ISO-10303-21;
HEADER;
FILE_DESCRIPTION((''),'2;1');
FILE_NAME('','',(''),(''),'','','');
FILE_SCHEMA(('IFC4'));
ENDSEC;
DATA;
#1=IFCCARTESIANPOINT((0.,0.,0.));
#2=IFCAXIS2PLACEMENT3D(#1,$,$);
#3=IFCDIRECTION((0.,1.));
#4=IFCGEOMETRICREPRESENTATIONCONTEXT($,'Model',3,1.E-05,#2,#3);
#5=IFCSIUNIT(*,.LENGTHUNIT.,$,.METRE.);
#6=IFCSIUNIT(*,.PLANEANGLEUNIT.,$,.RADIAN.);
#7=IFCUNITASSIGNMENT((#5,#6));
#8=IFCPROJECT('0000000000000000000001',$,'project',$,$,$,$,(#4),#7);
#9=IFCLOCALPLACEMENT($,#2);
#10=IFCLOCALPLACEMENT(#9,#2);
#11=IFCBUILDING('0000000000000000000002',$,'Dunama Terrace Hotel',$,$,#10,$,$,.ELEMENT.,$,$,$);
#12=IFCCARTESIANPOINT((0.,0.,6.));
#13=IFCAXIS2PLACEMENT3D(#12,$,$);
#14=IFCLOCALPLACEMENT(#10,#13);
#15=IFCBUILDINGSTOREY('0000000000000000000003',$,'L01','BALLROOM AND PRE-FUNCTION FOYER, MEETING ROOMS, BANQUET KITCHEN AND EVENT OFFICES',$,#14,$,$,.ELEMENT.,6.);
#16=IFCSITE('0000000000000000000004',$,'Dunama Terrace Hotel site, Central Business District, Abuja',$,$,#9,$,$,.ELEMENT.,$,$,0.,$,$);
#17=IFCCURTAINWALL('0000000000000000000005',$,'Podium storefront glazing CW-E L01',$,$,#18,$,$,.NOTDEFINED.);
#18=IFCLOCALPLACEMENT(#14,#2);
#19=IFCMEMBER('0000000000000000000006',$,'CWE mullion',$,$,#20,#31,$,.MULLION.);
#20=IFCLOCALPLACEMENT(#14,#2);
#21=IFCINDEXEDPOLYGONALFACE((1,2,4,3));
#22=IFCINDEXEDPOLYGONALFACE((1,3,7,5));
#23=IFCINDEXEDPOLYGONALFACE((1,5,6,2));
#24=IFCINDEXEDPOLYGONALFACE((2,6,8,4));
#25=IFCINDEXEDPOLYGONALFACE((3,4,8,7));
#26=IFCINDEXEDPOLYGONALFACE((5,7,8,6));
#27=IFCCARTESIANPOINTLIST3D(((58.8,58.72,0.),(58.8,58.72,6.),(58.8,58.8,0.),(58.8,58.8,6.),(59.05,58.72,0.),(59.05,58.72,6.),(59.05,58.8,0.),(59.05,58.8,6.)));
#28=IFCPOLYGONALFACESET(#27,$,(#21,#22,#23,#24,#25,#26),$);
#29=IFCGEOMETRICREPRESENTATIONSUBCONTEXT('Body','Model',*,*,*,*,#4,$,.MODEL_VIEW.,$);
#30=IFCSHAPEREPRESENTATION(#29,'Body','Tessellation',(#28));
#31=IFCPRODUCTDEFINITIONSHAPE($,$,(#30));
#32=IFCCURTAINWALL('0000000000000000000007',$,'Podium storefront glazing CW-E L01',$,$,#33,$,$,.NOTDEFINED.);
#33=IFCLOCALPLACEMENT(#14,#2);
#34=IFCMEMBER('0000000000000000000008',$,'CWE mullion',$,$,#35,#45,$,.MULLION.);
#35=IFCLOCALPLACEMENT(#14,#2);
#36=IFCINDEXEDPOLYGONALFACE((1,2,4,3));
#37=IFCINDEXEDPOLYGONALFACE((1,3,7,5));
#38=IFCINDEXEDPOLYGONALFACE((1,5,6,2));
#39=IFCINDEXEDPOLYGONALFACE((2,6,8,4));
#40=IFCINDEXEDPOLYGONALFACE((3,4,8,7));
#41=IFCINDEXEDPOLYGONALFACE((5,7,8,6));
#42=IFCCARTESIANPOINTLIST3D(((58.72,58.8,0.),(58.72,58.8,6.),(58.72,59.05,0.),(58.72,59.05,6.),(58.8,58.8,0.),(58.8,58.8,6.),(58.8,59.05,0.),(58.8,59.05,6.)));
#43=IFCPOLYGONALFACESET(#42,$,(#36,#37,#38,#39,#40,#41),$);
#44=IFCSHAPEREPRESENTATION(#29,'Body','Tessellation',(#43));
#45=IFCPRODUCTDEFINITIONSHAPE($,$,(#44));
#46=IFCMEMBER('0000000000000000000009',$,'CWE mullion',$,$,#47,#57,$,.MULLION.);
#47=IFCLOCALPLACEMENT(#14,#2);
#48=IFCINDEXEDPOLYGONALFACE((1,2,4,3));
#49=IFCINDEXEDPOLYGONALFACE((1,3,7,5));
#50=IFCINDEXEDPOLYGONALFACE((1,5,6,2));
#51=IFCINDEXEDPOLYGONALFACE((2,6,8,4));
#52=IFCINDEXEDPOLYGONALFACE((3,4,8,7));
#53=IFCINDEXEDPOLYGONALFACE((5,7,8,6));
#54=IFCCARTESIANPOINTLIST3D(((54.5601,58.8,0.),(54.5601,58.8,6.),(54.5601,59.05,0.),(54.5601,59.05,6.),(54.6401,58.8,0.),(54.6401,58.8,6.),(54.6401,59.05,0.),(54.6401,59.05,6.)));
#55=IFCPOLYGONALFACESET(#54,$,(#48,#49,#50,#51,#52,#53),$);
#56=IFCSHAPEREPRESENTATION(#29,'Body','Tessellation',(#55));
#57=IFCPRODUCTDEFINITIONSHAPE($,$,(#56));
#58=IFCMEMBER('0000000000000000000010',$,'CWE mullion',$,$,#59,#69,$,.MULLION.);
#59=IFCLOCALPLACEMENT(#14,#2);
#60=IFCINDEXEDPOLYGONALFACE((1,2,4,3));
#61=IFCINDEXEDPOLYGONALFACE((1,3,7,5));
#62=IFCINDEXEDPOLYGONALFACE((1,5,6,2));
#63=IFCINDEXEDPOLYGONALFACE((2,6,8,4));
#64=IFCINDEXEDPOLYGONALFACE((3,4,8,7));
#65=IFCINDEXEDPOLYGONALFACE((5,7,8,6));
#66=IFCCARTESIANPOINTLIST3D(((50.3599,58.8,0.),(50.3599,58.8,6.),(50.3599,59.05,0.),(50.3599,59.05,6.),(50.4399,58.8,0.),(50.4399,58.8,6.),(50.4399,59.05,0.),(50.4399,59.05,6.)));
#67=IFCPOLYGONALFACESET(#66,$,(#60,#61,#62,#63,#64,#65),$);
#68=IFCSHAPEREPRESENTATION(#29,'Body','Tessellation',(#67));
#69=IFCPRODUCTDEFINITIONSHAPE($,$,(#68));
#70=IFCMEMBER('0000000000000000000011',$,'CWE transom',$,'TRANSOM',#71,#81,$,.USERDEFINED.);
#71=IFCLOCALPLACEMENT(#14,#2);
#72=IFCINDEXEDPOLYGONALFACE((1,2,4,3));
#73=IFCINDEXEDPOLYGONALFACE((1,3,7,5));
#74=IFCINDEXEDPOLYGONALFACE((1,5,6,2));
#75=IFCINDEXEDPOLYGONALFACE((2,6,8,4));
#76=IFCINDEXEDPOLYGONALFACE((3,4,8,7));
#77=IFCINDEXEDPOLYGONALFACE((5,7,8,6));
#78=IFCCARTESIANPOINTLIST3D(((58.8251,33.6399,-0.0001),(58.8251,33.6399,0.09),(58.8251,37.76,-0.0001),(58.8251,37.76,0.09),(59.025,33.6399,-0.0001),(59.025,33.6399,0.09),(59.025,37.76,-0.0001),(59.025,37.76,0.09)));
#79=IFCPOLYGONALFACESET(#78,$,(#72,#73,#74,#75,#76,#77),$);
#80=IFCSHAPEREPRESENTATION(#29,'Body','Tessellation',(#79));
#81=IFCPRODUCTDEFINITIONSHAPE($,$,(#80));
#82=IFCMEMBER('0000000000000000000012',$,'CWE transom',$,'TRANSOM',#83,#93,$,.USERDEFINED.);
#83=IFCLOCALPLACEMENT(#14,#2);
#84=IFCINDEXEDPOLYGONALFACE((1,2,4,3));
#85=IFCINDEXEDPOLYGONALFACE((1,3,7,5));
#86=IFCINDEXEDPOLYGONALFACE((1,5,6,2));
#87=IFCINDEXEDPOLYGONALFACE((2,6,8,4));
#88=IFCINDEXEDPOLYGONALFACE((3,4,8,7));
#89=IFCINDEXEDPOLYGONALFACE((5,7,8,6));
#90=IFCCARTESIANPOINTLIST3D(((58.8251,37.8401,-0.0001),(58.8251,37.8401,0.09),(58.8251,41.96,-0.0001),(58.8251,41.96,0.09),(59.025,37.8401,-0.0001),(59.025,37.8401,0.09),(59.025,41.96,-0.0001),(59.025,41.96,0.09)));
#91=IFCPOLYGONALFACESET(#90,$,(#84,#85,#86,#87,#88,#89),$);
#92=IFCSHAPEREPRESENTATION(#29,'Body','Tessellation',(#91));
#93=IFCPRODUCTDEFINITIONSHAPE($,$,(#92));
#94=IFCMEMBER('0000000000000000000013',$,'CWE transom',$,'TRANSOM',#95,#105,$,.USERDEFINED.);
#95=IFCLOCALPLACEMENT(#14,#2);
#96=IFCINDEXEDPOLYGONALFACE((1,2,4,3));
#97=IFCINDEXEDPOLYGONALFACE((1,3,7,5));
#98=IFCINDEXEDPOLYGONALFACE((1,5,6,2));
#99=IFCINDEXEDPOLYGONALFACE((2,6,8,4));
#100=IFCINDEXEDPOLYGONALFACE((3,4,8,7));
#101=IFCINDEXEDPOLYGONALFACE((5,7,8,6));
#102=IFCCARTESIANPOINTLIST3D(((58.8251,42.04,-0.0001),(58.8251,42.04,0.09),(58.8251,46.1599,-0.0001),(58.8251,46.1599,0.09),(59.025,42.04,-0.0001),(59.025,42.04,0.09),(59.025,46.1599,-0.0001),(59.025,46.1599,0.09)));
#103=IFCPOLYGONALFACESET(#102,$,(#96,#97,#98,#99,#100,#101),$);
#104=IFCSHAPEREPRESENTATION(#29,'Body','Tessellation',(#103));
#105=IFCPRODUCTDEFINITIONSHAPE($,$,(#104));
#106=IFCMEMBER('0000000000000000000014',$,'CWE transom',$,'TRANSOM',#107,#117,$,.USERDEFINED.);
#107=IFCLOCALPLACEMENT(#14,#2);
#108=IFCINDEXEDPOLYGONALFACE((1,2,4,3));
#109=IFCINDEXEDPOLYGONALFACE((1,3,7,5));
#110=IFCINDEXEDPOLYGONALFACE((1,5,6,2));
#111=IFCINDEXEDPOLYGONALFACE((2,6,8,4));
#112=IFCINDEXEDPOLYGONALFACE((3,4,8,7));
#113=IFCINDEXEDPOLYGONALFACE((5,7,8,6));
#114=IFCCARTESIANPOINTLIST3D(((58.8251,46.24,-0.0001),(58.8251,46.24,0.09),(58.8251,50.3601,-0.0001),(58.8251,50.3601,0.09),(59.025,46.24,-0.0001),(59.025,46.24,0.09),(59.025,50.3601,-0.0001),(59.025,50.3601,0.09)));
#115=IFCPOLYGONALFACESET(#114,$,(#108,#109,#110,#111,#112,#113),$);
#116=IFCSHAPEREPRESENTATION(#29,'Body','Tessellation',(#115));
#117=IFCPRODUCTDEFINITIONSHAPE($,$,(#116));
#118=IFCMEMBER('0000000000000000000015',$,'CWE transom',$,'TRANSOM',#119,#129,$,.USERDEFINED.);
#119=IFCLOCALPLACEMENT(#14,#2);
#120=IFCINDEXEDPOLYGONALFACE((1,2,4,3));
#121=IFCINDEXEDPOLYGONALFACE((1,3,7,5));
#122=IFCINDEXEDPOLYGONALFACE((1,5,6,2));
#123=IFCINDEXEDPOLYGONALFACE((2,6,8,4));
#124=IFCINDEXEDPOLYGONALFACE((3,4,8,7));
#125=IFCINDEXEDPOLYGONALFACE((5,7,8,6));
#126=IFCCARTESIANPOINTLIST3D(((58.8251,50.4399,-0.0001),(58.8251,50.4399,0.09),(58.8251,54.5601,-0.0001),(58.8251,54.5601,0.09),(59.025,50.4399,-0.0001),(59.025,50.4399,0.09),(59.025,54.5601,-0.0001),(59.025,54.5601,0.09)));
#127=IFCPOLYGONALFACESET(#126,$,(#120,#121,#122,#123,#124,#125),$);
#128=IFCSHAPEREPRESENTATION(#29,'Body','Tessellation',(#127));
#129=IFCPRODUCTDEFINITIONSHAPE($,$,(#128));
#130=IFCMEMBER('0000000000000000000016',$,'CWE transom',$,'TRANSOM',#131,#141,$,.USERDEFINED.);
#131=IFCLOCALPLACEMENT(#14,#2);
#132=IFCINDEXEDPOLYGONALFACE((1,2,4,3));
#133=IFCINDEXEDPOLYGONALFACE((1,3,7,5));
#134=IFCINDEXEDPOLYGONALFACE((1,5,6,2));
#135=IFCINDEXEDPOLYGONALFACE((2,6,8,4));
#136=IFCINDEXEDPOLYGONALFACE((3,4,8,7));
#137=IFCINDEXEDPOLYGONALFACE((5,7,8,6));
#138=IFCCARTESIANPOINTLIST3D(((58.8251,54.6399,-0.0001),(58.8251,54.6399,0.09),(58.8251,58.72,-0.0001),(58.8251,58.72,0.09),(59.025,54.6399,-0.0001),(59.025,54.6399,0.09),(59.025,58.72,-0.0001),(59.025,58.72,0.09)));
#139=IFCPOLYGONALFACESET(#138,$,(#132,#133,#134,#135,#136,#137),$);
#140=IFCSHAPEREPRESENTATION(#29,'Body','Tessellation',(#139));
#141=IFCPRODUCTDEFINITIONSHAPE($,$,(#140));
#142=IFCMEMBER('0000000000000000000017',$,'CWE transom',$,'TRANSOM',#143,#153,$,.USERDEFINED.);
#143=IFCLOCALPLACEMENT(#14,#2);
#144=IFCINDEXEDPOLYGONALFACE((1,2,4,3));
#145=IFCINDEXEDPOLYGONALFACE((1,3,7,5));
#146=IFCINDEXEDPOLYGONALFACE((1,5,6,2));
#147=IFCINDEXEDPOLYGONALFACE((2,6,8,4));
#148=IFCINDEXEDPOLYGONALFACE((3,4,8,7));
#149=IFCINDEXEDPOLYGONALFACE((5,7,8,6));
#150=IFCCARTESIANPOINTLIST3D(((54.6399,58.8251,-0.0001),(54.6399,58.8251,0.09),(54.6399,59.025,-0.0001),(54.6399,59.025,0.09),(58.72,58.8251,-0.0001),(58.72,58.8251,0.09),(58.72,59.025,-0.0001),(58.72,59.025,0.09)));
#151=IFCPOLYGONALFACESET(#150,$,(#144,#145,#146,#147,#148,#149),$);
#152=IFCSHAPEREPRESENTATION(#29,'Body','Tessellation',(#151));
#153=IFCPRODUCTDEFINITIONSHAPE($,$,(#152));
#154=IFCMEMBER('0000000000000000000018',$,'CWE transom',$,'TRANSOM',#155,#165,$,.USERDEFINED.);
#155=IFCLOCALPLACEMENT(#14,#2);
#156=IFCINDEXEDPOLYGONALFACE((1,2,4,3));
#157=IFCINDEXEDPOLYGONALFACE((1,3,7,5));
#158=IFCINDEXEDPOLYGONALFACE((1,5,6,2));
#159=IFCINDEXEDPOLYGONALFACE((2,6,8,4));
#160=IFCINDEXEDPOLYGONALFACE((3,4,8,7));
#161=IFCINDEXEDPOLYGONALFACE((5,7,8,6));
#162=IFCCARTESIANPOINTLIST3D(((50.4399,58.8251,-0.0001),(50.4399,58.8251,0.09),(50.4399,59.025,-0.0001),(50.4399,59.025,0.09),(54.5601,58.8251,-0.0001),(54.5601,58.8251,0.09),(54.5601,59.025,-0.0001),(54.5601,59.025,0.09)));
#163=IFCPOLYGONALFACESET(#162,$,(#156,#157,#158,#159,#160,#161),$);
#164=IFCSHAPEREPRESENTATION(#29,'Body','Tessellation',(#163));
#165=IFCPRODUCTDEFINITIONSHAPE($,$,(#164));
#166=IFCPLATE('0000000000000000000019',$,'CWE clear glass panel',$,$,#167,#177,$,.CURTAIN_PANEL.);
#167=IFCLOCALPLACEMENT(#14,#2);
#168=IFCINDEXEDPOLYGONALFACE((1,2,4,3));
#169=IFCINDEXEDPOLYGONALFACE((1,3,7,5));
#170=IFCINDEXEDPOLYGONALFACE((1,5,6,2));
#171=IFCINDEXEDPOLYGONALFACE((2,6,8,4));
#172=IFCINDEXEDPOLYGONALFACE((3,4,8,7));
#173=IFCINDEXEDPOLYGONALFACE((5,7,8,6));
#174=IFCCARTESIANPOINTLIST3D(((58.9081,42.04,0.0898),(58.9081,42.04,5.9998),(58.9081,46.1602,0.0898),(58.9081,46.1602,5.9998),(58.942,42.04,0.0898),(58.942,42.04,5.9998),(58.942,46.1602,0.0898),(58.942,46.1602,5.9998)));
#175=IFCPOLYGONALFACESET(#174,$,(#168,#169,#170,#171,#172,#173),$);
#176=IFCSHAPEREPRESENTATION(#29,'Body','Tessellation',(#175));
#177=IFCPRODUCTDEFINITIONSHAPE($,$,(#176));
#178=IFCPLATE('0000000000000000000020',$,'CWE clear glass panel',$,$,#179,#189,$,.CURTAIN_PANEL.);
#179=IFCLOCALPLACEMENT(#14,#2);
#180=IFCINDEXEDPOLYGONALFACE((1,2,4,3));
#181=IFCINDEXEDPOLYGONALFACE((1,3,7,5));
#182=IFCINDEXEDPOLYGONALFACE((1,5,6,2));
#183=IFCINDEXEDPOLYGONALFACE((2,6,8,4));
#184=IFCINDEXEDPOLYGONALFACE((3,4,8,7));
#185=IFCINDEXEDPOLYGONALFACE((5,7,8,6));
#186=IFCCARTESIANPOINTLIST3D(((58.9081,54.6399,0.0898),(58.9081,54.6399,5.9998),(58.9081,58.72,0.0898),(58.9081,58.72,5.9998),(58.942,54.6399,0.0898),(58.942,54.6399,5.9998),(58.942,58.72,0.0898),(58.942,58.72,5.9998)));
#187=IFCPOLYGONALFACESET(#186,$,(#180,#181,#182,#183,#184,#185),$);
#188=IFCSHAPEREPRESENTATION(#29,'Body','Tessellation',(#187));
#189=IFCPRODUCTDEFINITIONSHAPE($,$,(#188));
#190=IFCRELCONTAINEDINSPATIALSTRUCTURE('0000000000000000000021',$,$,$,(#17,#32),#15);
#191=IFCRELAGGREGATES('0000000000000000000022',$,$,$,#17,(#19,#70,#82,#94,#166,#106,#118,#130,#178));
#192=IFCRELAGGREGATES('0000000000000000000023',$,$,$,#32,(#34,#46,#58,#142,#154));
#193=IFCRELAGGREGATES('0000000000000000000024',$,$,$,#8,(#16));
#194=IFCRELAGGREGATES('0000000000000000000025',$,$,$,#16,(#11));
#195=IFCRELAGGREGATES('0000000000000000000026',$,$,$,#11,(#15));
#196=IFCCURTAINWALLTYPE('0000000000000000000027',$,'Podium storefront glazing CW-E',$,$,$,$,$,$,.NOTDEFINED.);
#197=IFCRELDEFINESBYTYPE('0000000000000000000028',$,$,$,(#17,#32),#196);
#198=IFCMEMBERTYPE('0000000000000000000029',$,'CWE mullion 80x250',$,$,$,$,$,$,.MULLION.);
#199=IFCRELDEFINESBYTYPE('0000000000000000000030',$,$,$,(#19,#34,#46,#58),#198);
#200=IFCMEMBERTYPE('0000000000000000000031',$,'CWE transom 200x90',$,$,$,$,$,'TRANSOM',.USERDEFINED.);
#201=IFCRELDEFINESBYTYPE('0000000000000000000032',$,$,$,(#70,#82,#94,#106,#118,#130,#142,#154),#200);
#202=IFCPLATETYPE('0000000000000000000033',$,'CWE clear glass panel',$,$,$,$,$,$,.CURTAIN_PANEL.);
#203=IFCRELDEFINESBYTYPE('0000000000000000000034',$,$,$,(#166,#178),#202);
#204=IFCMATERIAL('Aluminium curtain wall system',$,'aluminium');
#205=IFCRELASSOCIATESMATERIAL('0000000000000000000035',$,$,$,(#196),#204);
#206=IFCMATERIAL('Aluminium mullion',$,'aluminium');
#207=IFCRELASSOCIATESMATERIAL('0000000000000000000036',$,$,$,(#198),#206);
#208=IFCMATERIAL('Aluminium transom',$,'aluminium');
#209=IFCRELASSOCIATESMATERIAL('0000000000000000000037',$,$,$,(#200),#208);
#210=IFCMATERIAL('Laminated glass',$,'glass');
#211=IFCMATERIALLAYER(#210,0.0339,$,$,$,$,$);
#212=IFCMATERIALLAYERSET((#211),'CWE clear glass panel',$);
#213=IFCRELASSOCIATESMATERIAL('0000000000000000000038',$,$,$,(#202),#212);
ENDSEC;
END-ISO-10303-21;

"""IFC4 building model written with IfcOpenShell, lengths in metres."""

from ifc_helpers import new_model, si_unit, direction, frame, origin, origin_2d, place, context, subcontext, project, spatial, rectangle, extrude, material, layer, layer_set, material_profile, profile_set, type_object, element, aggregate, save


model = new_model("IFC4")

# Units and contexts
model_context = context("Model", 3, precision=1e-05, world=origin(), true_north=direction((0.0, 1.0)))
body_context = subcontext(model_context, "Body", "Model", "MODEL_VIEW")
ifc_project = project(units=[si_unit("LENGTHUNIT", "METRE"), si_unit("PLANEANGLEUNIT", "RADIAN")], contexts=[model_context])

# Site, building, storey
site_placement = place(None, origin())
site = spatial("IfcSite", under=ifc_project, at=site_placement, Name="Dunama Terrace Hotel site, Central Business District, Abuja", CompositionType="ELEMENT", RefElevation=0.0)
building_placement = place(site_placement, origin())
building = spatial("IfcBuilding", under=site, at=building_placement, Name="Dunama Terrace Hotel", CompositionType="ELEMENT")
storey_placement = place(building_placement, frame((0.0, 0.0, 6.0)))
storey = spatial("IfcBuildingStorey", under=building, at=storey_placement, Name="L01", Description="BALLROOM AND PRE-FUNCTION FOYER, MEETING ROOMS, BANQUET KITCHEN AND EVENT OFFICES", CompositionType="ELEMENT", Elevation=6.0)

# Curtain walls, members
ifc_material_1 = material(Name="Aluminium curtain wall system", Category="aluminium")
curtain_wall_type = type_object("IfcCurtainWallType", Name="Podium storefront glazing CW-E", PredefinedType="NOTDEFINED", material=ifc_material_1)
curtain_wall_1_placement = place(storey_placement, origin())
curtain_wall_1 = element("IfcCurtainWall", 1, at=curtain_wall_1_placement, inside=storey, type_object=curtain_wall_type, Name="Podium storefront glazing CW-E L01", PredefinedType="NOTDEFINED")
ifc_material_2 = material(Name="Aluminium mullion", Category="aluminium")
ifc_material_profile_1 = material_profile(ifc_material_2, rectangle(XDim=0.0801, YDim=0.25, at=origin_2d()), Name="CWE MULLION 80X250")
ifc_profile_set_1 = profile_set([ifc_material_profile_1], Name="Aluminium mullion")
member_type_1 = type_object("IfcMemberType", Name="CWE mullion 80x250", PredefinedType="MULLION", material=ifc_profile_set_1)
member_1_placement = place(storey_placement, frame((58.925, 58.76, 0.0), z_axis=(0.0, 0.0, 1.0), x_axis=(0.0, 1.0, 0.0)))
member_1 = element("IfcMember", 2, at=member_1_placement, type_object=member_type_1, Name="CWE mullion", PredefinedType="MULLION", context=body_context, shape_type="SweptSolid", body=[
    extrude(rectangle(XDim=0.0801, YDim=0.25, at=origin_2d()), origin(), (0.0, 0.0, 1.0), 6.0),
])
curtain_wall_2_placement = place(storey_placement, origin())
curtain_wall_2 = element("IfcCurtainWall", 3, at=curtain_wall_2_placement, inside=storey, type_object=curtain_wall_type, Name="Podium storefront glazing CW-E L01", PredefinedType="NOTDEFINED")
member_2_placement = place(storey_placement, frame((58.76, 58.925, 0.0), z_axis=(0.0, 0.0, 1.0), x_axis=(-1.0, 0.0, 0.0)))
member_2 = element("IfcMember", 4, at=member_2_placement, type_object=member_type_1, Name="CWE mullion", PredefinedType="MULLION", context=body_context, shape_type="SweptSolid", body=[
    extrude(rectangle(XDim=0.0801, YDim=0.25, at=origin_2d()), origin(), (0.0, 0.0, 1.0), 6.0),
])
member_3_placement = place(storey_placement, frame((54.6001, 58.925, 0.0), z_axis=(0.0, 0.0, 1.0), x_axis=(-1.0, 0.0, 0.0)))
member_3 = element("IfcMember", 5, at=member_3_placement, type_object=member_type_1, Name="CWE mullion", PredefinedType="MULLION", context=body_context, shape_type="SweptSolid", body=[
    extrude(rectangle(XDim=0.0801, YDim=0.25, at=origin_2d()), origin(), (0.0, 0.0, 1.0), 6.0),
])
member_4_placement = place(storey_placement, frame((50.3999, 58.925, 0.0), z_axis=(0.0, 0.0, 1.0), x_axis=(-1.0, 0.0, 0.0)))
member_4 = element("IfcMember", 6, at=member_4_placement, type_object=member_type_1, Name="CWE mullion", PredefinedType="MULLION", context=body_context, shape_type="SweptSolid", body=[
    extrude(rectangle(XDim=0.0801, YDim=0.25, at=origin_2d()), origin(), (0.0, 0.0, 1.0), 6.0),
])

# Members
ifc_material_3 = material(Name="Aluminium transom", Category="aluminium")
ifc_material_profile_2 = material_profile(ifc_material_3, rectangle(XDim=0.2, YDim=0.0901, at=origin_2d()), Name="CWE TRANSOM 200X90")
ifc_profile_set_2 = profile_set([ifc_material_profile_2], Name="Aluminium transom")
member_type_2 = type_object("IfcMemberType", Name="CWE transom 200x90", ElementType="TRANSOM", PredefinedType="USERDEFINED", material=ifc_profile_set_2)
member_5_placement = place(storey_placement, frame((58.925, 33.6399, 0.0449), z_axis=(0.0, 1.0, 0.0), x_axis=(-1.0, 0.0, 0.0)))
member_5 = element("IfcMember", 7, at=member_5_placement, type_object=member_type_2, Name="CWE transom", ObjectType="TRANSOM", PredefinedType="USERDEFINED", context=body_context, shape_type="SweptSolid", body=[
    extrude(rectangle(XDim=0.2, YDim=0.0901, at=origin_2d()), origin(), (0.0, 0.0, 1.0), 4.1201),
])
member_6_placement = place(storey_placement, frame((58.925, 37.8401, 0.0449), z_axis=(0.0, 1.0, 0.0), x_axis=(-1.0, 0.0, 0.0)))
member_6 = element("IfcMember", 8, at=member_6_placement, type_object=member_type_2, Name="CWE transom", ObjectType="TRANSOM", PredefinedType="USERDEFINED", context=body_context, shape_type="SweptSolid", body=[
    extrude(rectangle(XDim=0.2, YDim=0.0901, at=origin_2d()), origin(), (0.0, 0.0, 1.0), 4.1199),
])
member_7_placement = place(storey_placement, frame((58.925, 42.04, 0.0449), z_axis=(0.0, 1.0, 0.0), x_axis=(-1.0, 0.0, 0.0)))
member_7 = element("IfcMember", 9, at=member_7_placement, type_object=member_type_2, Name="CWE transom", ObjectType="TRANSOM", PredefinedType="USERDEFINED", context=body_context, shape_type="SweptSolid", body=[
    extrude(rectangle(XDim=0.2, YDim=0.0901, at=origin_2d()), origin(), (0.0, 0.0, 1.0), 4.1199),
])
member_8_placement = place(storey_placement, frame((58.925, 46.24, 0.0449), z_axis=(0.0, 1.0, 0.0), x_axis=(-1.0, 0.0, 0.0)))
member_8 = element("IfcMember", 10, at=member_8_placement, type_object=member_type_2, Name="CWE transom", ObjectType="TRANSOM", PredefinedType="USERDEFINED", context=body_context, shape_type="SweptSolid", body=[
    extrude(rectangle(XDim=0.2, YDim=0.0901, at=origin_2d()), origin(), (0.0, 0.0, 1.0), 4.1201),
])
member_9_placement = place(storey_placement, frame((58.925, 50.4399, 0.0449), z_axis=(0.0, 1.0, 0.0), x_axis=(-1.0, 0.0, 0.0)))
member_9 = element("IfcMember", 11, at=member_9_placement, type_object=member_type_2, Name="CWE transom", ObjectType="TRANSOM", PredefinedType="USERDEFINED", context=body_context, shape_type="SweptSolid", body=[
    extrude(rectangle(XDim=0.2, YDim=0.0901, at=origin_2d()), origin(), (0.0, 0.0, 1.0), 4.1201),
])
member_10_placement = place(storey_placement, frame((58.925, 54.6399, 0.0449), z_axis=(0.0, 1.0, 0.0), x_axis=(-1.0, 0.0, 0.0)))
member_10 = element("IfcMember", 12, at=member_10_placement, type_object=member_type_2, Name="CWE transom", ObjectType="TRANSOM", PredefinedType="USERDEFINED", context=body_context, shape_type="SweptSolid", body=[
    extrude(rectangle(XDim=0.2, YDim=0.0901, at=origin_2d()), origin(), (0.0, 0.0, 1.0), 4.0801),
])
member_11_placement = place(storey_placement, frame((58.72, 58.925, 0.0449), z_axis=(-1.0, 0.0, 0.0), x_axis=(0.0, -1.0, 0.0)))
member_11 = element("IfcMember", 13, at=member_11_placement, type_object=member_type_2, Name="CWE transom", ObjectType="TRANSOM", PredefinedType="USERDEFINED", context=body_context, shape_type="SweptSolid", body=[
    extrude(rectangle(XDim=0.2, YDim=0.0901, at=origin_2d()), origin(), (0.0, 0.0, 1.0), 4.0801),
])
member_12_placement = place(storey_placement, frame((54.5601, 58.925, 0.0449), z_axis=(-1.0, 0.0, 0.0), x_axis=(0.0, -1.0, 0.0)))
member_12 = element("IfcMember", 14, at=member_12_placement, type_object=member_type_2, Name="CWE transom", ObjectType="TRANSOM", PredefinedType="USERDEFINED", context=body_context, shape_type="SweptSolid", body=[
    extrude(rectangle(XDim=0.2, YDim=0.0901, at=origin_2d()), origin(), (0.0, 0.0, 1.0), 4.1201),
])

# Plates
ifc_material_4 = material(Name="Laminated glass", Category="glass")
ifc_layer_1 = layer(ifc_material_4, 0.0339)
ifc_layer_set_1 = layer_set([ifc_layer_1], Name="CWE clear glass panel")
plate_type_1 = type_object("IfcPlateType", Name="CWE clear glass panel", PredefinedType="CURTAIN_PANEL", material=ifc_layer_set_1)
plate_1_placement = place(storey_placement, frame((58.925, 44.1001, 0.0898), z_axis=(0.0, 0.0, 1.0), x_axis=(0.0, 1.0, 0.0)))
plate_1 = element("IfcPlate", 15, at=plate_1_placement, type_object=plate_type_1, Name="CWE clear glass panel", PredefinedType="CURTAIN_PANEL", context=body_context, shape_type="SweptSolid", body=[
    extrude(rectangle(XDim=4.1201, YDim=0.0339, at=origin_2d()), origin(), (0.0, 0.0, 1.0), 5.9099),
])
plate_2_placement = place(storey_placement, frame((58.925, 56.6799, 0.0898), z_axis=(0.0, 0.0, 1.0), x_axis=(0.0, 1.0, 0.0)))
plate_2 = element("IfcPlate", 16, at=plate_2_placement, type_object=plate_type_1, Name="CWE clear glass panel", PredefinedType="CURTAIN_PANEL", context=body_context, shape_type="SweptSolid", body=[
    extrude(rectangle(XDim=4.0801, YDim=0.0339, at=origin_2d()), origin(), (0.0, 0.0, 1.0), 5.9099),
])
aggregate(curtain_wall_1, [member_1, member_5, member_6, member_7, plate_1, member_8, member_9, member_10, plate_2])
aggregate(curtain_wall_2, [member_2, member_3, member_4, member_11, member_12])

save(model, "model.ifc")
